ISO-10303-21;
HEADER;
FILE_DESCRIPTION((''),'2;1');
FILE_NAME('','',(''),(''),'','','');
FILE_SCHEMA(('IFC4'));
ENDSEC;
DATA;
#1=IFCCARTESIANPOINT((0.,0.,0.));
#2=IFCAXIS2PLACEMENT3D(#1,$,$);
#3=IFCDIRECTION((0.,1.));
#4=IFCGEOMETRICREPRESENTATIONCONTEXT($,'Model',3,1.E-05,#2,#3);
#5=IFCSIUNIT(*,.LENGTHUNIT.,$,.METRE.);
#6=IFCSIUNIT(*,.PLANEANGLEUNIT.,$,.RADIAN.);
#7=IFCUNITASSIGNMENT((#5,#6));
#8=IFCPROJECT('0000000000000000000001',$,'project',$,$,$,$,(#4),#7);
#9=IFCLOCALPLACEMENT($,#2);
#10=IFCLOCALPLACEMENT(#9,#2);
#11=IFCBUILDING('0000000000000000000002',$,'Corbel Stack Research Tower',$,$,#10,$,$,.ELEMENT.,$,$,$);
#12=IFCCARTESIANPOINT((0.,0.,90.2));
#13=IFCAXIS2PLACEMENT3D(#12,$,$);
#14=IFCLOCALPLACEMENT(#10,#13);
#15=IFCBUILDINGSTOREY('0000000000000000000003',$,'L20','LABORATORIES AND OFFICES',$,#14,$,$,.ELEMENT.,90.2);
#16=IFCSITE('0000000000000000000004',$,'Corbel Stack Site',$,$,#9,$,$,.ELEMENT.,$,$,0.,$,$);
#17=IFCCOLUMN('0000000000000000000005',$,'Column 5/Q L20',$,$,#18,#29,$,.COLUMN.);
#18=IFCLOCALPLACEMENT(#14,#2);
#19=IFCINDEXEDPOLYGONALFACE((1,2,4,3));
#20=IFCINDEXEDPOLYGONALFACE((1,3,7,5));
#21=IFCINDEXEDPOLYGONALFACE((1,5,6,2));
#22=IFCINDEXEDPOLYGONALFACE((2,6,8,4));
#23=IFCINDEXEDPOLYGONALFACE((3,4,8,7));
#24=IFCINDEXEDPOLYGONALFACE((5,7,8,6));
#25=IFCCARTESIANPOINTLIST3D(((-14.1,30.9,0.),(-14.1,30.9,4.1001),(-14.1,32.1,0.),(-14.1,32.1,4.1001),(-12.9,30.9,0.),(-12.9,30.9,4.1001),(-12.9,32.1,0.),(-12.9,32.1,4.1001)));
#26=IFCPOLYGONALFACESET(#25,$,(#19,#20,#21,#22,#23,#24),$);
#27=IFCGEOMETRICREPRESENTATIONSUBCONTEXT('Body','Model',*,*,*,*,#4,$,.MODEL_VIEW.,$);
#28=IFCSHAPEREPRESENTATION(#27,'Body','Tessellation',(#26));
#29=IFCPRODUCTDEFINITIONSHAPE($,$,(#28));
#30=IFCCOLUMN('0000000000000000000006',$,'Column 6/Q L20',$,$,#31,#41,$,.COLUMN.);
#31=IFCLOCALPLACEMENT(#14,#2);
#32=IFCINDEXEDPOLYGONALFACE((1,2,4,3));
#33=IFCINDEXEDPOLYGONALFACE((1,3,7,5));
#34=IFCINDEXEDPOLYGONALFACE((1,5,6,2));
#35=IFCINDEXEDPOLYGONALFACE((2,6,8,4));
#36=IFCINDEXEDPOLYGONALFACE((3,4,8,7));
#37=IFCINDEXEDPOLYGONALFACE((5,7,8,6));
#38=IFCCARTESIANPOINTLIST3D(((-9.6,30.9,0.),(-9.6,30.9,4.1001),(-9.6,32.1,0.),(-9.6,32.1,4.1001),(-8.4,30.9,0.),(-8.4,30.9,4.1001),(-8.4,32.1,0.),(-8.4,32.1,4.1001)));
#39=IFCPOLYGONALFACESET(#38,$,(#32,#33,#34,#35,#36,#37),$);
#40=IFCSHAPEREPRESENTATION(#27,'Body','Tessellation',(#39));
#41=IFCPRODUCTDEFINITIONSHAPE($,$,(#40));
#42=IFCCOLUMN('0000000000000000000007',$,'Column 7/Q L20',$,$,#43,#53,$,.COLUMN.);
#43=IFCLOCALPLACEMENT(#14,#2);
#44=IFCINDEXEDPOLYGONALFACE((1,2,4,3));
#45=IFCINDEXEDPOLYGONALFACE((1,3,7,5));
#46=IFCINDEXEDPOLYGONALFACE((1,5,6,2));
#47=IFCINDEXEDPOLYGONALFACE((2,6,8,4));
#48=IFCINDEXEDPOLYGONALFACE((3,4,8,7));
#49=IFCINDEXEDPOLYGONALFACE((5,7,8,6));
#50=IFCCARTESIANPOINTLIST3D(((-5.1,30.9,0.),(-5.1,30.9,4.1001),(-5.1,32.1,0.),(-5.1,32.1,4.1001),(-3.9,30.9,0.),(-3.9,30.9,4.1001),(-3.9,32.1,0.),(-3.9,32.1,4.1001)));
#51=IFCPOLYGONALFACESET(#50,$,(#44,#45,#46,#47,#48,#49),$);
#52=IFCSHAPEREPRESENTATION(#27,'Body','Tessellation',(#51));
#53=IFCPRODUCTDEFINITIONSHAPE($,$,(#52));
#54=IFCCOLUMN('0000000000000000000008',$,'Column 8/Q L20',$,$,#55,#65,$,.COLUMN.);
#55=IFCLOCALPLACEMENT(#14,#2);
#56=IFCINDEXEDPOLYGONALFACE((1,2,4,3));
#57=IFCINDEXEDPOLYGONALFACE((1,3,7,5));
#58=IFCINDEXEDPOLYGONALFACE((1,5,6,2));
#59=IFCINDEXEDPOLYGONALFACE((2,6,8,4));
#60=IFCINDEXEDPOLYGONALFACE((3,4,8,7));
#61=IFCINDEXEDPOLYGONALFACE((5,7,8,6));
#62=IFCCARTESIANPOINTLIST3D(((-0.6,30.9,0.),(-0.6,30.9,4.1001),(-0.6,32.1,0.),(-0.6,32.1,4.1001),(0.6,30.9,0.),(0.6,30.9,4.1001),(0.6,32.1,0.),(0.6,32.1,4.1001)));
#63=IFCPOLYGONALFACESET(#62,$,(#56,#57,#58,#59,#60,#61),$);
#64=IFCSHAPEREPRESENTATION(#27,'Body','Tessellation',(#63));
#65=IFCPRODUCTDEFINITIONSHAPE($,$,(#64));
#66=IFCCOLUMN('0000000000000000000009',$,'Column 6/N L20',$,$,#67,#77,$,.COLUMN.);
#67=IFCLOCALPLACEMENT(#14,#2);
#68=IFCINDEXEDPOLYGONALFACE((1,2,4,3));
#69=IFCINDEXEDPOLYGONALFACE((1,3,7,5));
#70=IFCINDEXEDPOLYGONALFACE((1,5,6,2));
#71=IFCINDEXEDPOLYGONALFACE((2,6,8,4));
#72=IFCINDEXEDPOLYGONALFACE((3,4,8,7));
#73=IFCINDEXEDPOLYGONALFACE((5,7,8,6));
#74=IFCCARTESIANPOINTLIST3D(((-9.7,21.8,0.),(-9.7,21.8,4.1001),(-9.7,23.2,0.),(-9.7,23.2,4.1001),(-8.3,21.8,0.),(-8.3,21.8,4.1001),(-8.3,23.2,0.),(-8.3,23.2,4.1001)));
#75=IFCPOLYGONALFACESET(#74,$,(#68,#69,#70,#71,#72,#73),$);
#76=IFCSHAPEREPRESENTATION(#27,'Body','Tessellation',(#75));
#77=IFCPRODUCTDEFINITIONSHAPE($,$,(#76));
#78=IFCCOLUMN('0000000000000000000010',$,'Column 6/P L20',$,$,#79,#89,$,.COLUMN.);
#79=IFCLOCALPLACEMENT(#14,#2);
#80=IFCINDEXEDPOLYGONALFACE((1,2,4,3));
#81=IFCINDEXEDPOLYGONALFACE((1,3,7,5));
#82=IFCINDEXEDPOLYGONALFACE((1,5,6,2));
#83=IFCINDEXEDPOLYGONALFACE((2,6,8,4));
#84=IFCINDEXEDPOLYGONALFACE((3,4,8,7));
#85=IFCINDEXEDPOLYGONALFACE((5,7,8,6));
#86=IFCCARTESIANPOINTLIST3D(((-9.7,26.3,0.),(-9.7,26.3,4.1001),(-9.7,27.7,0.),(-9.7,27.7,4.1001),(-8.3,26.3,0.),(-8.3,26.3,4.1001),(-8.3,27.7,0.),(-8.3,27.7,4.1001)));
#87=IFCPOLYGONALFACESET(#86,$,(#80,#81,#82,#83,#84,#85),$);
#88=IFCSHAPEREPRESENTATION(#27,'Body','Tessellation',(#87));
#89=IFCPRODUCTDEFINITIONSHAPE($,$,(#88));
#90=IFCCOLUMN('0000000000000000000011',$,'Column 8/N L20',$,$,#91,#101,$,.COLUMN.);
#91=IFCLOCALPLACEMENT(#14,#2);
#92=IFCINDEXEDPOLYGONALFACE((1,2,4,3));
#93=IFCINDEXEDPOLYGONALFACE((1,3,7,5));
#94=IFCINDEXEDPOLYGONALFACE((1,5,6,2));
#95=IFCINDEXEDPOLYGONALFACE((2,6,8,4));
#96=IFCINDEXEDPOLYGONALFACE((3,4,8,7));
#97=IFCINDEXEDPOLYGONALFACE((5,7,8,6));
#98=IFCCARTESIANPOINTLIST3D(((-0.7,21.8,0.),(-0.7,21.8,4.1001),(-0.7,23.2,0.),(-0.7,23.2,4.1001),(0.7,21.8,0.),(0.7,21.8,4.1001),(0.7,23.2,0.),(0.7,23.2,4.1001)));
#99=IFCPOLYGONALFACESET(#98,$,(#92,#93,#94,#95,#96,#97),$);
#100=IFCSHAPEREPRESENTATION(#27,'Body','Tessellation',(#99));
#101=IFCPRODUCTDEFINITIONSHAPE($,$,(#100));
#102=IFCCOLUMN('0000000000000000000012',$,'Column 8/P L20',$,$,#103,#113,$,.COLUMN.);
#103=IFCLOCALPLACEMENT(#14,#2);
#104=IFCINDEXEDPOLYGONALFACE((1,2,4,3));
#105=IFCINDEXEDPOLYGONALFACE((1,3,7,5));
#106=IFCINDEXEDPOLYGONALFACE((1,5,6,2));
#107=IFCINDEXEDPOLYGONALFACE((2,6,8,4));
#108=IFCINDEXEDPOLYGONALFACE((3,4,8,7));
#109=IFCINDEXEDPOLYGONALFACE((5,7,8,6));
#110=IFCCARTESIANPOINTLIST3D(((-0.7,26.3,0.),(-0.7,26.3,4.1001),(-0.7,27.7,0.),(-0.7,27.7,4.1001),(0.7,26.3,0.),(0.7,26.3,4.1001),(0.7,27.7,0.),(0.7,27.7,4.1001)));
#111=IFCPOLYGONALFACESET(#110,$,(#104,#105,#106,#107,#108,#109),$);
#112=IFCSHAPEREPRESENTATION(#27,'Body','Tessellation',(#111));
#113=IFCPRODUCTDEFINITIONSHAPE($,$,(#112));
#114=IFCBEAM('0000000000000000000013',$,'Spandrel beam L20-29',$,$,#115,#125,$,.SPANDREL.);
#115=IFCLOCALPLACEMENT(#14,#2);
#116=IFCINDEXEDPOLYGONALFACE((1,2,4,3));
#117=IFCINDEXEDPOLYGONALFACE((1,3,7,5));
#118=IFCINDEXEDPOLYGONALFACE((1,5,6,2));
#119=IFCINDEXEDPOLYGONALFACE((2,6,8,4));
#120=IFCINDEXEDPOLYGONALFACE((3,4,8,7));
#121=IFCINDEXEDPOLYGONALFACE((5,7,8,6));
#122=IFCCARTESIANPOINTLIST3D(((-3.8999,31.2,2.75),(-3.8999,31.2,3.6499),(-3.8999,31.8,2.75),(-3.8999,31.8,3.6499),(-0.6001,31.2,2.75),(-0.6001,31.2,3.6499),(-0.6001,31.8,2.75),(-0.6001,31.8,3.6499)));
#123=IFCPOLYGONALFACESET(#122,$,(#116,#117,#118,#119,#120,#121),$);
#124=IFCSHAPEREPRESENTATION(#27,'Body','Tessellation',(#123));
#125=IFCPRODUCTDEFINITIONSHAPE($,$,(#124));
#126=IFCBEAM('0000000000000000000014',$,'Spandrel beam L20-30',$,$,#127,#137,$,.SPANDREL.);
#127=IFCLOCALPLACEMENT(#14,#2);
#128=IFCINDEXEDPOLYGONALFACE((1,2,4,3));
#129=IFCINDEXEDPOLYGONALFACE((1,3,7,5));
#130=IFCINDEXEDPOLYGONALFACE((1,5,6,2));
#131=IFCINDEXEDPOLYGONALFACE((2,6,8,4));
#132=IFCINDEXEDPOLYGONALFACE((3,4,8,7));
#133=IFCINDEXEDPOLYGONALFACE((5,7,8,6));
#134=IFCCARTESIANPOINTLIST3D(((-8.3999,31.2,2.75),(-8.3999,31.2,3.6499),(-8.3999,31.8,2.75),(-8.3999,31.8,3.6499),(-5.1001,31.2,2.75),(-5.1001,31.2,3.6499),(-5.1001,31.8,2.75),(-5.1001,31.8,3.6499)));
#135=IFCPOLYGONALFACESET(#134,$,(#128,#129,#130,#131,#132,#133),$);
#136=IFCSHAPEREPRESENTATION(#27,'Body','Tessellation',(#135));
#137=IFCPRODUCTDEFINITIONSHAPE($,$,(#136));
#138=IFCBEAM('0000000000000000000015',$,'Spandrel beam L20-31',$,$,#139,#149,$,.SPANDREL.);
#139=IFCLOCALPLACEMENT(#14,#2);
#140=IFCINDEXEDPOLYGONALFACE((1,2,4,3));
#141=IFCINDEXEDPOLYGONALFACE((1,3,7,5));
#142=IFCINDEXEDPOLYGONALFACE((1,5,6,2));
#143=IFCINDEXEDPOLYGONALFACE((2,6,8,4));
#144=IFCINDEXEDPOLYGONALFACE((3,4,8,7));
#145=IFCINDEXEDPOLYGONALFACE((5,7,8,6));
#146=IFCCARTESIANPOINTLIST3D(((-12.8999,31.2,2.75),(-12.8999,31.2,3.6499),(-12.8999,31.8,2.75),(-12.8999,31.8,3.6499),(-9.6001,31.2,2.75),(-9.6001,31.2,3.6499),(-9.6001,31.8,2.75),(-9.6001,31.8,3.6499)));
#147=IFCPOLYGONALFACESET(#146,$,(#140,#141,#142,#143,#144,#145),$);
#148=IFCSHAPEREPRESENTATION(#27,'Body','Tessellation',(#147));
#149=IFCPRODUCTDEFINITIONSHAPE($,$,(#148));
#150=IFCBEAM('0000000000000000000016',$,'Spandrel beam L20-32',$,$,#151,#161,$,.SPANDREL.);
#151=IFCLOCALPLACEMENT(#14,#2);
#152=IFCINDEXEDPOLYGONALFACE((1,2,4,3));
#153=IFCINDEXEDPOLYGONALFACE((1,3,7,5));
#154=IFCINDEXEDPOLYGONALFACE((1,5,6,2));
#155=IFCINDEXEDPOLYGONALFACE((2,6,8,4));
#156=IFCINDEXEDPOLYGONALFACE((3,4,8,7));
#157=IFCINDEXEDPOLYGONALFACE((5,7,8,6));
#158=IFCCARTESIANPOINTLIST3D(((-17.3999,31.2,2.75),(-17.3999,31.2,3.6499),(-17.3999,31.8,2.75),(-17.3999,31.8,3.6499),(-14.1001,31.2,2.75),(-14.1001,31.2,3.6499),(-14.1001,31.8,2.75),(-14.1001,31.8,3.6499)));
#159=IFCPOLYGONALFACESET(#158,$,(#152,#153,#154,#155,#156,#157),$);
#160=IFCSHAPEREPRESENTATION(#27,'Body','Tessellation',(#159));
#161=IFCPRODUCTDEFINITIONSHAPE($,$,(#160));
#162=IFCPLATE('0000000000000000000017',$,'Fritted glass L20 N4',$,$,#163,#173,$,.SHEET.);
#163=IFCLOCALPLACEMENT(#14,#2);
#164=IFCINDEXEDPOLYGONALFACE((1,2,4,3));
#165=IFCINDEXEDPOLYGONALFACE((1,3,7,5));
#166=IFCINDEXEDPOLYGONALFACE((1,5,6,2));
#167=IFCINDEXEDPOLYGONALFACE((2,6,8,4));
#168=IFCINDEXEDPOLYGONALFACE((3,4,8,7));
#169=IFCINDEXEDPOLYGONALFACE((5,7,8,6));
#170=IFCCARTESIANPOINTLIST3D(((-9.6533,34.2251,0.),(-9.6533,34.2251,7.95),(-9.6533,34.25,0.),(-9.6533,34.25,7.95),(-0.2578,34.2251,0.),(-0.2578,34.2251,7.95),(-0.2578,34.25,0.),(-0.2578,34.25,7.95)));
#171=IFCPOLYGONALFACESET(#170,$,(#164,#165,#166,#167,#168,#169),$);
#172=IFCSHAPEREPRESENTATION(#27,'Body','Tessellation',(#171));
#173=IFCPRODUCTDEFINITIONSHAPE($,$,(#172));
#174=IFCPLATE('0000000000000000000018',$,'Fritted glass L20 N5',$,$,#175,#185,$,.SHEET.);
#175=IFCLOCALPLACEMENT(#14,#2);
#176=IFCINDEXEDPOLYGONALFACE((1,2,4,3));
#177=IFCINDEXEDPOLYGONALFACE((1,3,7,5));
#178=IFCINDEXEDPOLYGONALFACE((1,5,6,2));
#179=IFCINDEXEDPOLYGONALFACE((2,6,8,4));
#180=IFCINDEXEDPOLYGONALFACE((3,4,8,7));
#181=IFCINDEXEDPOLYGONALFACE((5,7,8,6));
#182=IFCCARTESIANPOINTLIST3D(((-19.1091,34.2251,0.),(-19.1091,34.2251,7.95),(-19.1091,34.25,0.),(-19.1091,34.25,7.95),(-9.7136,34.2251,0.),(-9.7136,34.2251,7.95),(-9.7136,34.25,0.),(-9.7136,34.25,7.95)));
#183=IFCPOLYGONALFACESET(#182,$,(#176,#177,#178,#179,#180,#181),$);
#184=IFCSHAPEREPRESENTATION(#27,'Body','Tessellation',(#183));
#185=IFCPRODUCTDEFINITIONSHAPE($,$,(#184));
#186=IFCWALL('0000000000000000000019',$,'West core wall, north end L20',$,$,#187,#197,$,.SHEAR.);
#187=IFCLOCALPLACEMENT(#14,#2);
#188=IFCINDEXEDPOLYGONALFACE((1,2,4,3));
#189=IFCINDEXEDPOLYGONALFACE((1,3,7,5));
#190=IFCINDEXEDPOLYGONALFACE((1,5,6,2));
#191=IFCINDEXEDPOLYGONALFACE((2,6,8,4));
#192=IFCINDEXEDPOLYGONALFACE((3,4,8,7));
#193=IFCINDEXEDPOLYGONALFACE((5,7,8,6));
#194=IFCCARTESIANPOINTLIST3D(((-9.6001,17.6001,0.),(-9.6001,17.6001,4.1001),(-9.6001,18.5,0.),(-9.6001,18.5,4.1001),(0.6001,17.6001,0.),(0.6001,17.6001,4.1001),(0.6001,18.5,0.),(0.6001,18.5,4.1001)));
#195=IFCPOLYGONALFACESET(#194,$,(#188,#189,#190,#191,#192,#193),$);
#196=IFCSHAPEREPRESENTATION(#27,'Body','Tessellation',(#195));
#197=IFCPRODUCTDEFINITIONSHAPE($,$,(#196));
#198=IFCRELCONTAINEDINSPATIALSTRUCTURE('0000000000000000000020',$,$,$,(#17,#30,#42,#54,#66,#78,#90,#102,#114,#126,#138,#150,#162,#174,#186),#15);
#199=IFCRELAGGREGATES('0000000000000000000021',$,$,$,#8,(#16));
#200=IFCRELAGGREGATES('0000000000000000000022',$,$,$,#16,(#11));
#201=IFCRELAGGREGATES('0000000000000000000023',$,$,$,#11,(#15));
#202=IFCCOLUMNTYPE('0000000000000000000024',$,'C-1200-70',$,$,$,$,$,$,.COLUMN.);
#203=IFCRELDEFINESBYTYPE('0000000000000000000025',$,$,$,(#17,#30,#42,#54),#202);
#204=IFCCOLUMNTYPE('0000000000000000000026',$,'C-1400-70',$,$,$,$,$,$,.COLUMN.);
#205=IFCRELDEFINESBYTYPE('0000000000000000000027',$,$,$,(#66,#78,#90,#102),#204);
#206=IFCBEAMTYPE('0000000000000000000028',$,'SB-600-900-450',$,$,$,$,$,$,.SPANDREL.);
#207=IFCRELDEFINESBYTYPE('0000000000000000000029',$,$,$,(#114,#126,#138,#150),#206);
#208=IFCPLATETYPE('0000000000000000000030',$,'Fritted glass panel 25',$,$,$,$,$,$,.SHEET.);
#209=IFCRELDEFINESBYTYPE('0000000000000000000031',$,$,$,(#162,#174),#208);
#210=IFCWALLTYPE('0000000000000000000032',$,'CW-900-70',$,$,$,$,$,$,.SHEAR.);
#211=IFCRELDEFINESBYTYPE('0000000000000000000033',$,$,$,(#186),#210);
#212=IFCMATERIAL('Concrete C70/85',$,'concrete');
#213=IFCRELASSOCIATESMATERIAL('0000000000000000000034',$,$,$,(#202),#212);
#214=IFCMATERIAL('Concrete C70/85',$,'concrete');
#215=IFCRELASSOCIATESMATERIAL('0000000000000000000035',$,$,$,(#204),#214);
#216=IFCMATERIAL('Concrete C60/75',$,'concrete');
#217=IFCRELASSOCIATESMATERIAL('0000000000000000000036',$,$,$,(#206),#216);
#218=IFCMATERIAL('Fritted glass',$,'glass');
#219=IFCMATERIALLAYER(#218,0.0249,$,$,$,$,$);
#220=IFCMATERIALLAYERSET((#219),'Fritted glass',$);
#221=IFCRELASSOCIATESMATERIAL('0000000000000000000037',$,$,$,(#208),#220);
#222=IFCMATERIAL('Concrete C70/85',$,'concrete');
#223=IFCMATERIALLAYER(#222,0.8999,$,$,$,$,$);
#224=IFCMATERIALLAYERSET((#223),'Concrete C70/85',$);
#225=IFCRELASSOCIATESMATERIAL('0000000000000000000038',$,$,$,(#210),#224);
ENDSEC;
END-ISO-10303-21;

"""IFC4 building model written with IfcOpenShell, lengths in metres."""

from ifc_helpers import new_model, si_unit, direction, frame, frame_2d, origin, origin_2d, place, context, subcontext, project, spatial, rectangle, extrude, material, layer, layer_set, material_profile, profile_set, type_object, element, save


model = new_model("IFC4")

# Units and contexts
model_context = context("Model", 3, precision=1e-05, world=origin(), true_north=direction((0.0, 1.0)))
body_context = subcontext(model_context, "Body", "Model", "MODEL_VIEW")
ifc_project = project(units=[si_unit("LENGTHUNIT", "METRE"), si_unit("PLANEANGLEUNIT", "RADIAN")], contexts=[model_context])

# Site, building, storey
site_placement = place(None, origin())
site = spatial("IfcSite", under=ifc_project, at=site_placement, Name="Corbel Stack Site", CompositionType="ELEMENT", RefElevation=0.0)
building_placement = place(site_placement, origin())
building = spatial("IfcBuilding", under=site, at=building_placement, Name="Corbel Stack Research Tower", CompositionType="ELEMENT")
storey_placement = place(building_placement, frame((0.0, 0.0, 90.2)))
storey = spatial("IfcBuildingStorey", under=building, at=storey_placement, Name="L20", Description="LABORATORIES AND OFFICES", CompositionType="ELEMENT", Elevation=90.2)

# Columns
ifc_material_1 = material(Name="Concrete C70/85", Category="concrete")
ifc_material_profile_1 = material_profile(ifc_material_1, rectangle(XDim=1.2, YDim=1.2, at=origin_2d()), Name="RC 1200 x 1200")
ifc_profile_set_1 = profile_set([ifc_material_profile_1], Name="Concrete C70/85")
column_type_1 = type_object("IfcColumnType", Name="C-1200-70", PredefinedType="COLUMN", material=ifc_profile_set_1)
for number, where, z_axis, x_axis, name in (
    (1, (-13.5, 31.5, 0.0), (0.0, 0.0, 1.0), (1.0, 0.0, 0.0), "Column 5/Q L20"),
    (2, (-9.0, 31.5, 0.0), (0.0, 0.0, 1.0), (1.0, 0.0, 0.0), "Column 6/Q L20"),
    (3, (-4.5, 31.5, 0.0), (0.0, 0.0, 1.0), (1.0, 0.0, 0.0), "Column 7/Q L20"),
    (4, (0.0, 31.5, 0.0), (0.0, 0.0, 1.0), (1.0, 0.0, 0.0), "Column 8/Q L20"),
):
    element("IfcColumn", number, at=place(storey_placement, frame(where, z_axis=z_axis, x_axis=x_axis)), inside=storey, type_object=column_type_1, Name=name, PredefinedType="COLUMN", context=body_context, shape_type="SweptSolid", body=[
        extrude(rectangle(XDim=1.2, YDim=1.2, at=origin_2d()), origin(), (0.0, 0.0, 1.0), 4.1001),
    ])
ifc_material_2 = material(Name="Concrete C70/85", Category="concrete")
ifc_material_profile_2 = material_profile(ifc_material_2, rectangle(XDim=1.3999, YDim=1.3999, at=origin_2d()), Name="RC 1400 x 1400")
ifc_profile_set_2 = profile_set([ifc_material_profile_2], Name="Concrete C70/85")
column_type_2 = type_object("IfcColumnType", Name="C-1400-70", PredefinedType="COLUMN", material=ifc_profile_set_2)
for number, where, z_axis, x_axis, name in (
    (5, (-9.0, 22.5, 0.0), (0.0, 0.0, 1.0), (1.0, 0.0, 0.0), "Column 6/N L20"),
    (6, (-9.0, 27.0, 0.0), (0.0, 0.0, 1.0), (1.0, 0.0, 0.0), "Column 6/P L20"),
    (7, (0.0, 22.5, 0.0), (0.0, 0.0, 1.0), (1.0, 0.0, 0.0), "Column 8/N L20"),
    (8, (0.0, 27.0, 0.0), (0.0, 0.0, 1.0), (1.0, 0.0, 0.0), "Column 8/P L20"),
):
    element("IfcColumn", number, at=place(storey_placement, frame(where, z_axis=z_axis, x_axis=x_axis)), inside=storey, type_object=column_type_2, Name=name, PredefinedType="COLUMN", context=body_context, shape_type="SweptSolid", body=[
        extrude(rectangle(XDim=1.3999, YDim=1.3999, at=origin_2d()), origin(), (0.0, 0.0, 1.0), 4.1001),
    ])

# Beams
ifc_material_3 = material(Name="Concrete C60/75", Category="concrete")
ifc_material_profile_3 = material_profile(ifc_material_3, rectangle(XDim=0.6001, YDim=0.8999, at=origin_2d()), Name="RC 600 x 900")
ifc_profile_set_3 = profile_set([ifc_material_profile_3], Name="Concrete C60/75")
beam_type = type_object("IfcBeamType", Name="SB-600-900-450", PredefinedType="SPANDREL", material=ifc_profile_set_3)
for number, where, z_axis, x_axis, name in (
    (9, (-0.6001, 31.5, 3.2), (-1.0, 0.0, 0.0), (0.0, -1.0, 0.0), "Spandrel beam L20-29"),
    (10, (-5.1001, 31.5, 3.2), (-1.0, 0.0, 0.0), (0.0, -1.0, 0.0), "Spandrel beam L20-30"),
    (11, (-9.6001, 31.5, 3.2), (-1.0, 0.0, 0.0), (0.0, -1.0, 0.0), "Spandrel beam L20-31"),
    (12, (-14.1001, 31.5, 3.2), (-1.0, 0.0, 0.0), (0.0, -1.0, 0.0), "Spandrel beam L20-32"),
):
    element("IfcBeam", number, at=place(storey_placement, frame(where, z_axis=z_axis, x_axis=x_axis)), inside=storey, type_object=beam_type, Name=name, PredefinedType="SPANDREL", context=body_context, shape_type="SweptSolid", body=[
        extrude(rectangle(XDim=0.6001, YDim=0.8999, at=origin_2d()), origin(), (0.0, 0.0, 1.0), 3.2998),
    ])

# Plates
ifc_material_4 = material(Name="Fritted glass", Category="glass")
ifc_layer_1 = layer(ifc_material_4, 0.0249)
ifc_layer_set_1 = layer_set([ifc_layer_1], Name="Fritted glass")
plate_type = type_object("IfcPlateType", Name="Fritted glass panel 25", PredefinedType="SHEET", material=ifc_layer_set_1)
for number, where, z_axis, x_axis, name in (
    (13, (-4.9556, 34.2375, 0.0), (0.0, 0.0, 1.0), (-1.0, 0.0, 0.0), "Fritted glass L20 N4"),
    (14, (-14.4114, 34.2375, 0.0), (0.0, 0.0, 1.0), (-1.0, 0.0, 0.0), "Fritted glass L20 N5"),
):
    element("IfcPlate", number, at=place(storey_placement, frame(where, z_axis=z_axis, x_axis=x_axis)), inside=storey, type_object=plate_type, Name=name, PredefinedType="SHEET", context=body_context, shape_type="SweptSolid", body=[
        extrude(rectangle(XDim=9.3955, YDim=0.0249, at=origin_2d()), origin(), (0.0, 0.0, 1.0), 7.95),
    ])

# Wall
ifc_material_5 = material(Name="Concrete C70/85", Category="concrete")
ifc_layer_2 = layer(ifc_material_5, 0.8999)
ifc_layer_set_2 = layer_set([ifc_layer_2], Name="Concrete C70/85")
wall_type_1 = type_object("IfcWallType", Name="CW-900-70", PredefinedType="SHEAR", material=ifc_layer_set_2)
wall_1_placement = place(storey_placement, frame((-9.6001, 18.05, 0.0), z_axis=(0.0, 0.0, 1.0), x_axis=(1.0, 0.0, 0.0)))
element("IfcWall", 15, at=wall_1_placement, inside=storey, type_object=wall_type_1, Name="West core wall, north end L20", PredefinedType="SHEAR", context=body_context, shape_type="SweptSolid", body=[
    extrude(rectangle(XDim=10.2002, YDim=0.8999, at=frame_2d((5.1001, 0.0))), origin(), (0.0, 0.0, 1.0), 4.1001),
])

save(model, "model.ifc")
